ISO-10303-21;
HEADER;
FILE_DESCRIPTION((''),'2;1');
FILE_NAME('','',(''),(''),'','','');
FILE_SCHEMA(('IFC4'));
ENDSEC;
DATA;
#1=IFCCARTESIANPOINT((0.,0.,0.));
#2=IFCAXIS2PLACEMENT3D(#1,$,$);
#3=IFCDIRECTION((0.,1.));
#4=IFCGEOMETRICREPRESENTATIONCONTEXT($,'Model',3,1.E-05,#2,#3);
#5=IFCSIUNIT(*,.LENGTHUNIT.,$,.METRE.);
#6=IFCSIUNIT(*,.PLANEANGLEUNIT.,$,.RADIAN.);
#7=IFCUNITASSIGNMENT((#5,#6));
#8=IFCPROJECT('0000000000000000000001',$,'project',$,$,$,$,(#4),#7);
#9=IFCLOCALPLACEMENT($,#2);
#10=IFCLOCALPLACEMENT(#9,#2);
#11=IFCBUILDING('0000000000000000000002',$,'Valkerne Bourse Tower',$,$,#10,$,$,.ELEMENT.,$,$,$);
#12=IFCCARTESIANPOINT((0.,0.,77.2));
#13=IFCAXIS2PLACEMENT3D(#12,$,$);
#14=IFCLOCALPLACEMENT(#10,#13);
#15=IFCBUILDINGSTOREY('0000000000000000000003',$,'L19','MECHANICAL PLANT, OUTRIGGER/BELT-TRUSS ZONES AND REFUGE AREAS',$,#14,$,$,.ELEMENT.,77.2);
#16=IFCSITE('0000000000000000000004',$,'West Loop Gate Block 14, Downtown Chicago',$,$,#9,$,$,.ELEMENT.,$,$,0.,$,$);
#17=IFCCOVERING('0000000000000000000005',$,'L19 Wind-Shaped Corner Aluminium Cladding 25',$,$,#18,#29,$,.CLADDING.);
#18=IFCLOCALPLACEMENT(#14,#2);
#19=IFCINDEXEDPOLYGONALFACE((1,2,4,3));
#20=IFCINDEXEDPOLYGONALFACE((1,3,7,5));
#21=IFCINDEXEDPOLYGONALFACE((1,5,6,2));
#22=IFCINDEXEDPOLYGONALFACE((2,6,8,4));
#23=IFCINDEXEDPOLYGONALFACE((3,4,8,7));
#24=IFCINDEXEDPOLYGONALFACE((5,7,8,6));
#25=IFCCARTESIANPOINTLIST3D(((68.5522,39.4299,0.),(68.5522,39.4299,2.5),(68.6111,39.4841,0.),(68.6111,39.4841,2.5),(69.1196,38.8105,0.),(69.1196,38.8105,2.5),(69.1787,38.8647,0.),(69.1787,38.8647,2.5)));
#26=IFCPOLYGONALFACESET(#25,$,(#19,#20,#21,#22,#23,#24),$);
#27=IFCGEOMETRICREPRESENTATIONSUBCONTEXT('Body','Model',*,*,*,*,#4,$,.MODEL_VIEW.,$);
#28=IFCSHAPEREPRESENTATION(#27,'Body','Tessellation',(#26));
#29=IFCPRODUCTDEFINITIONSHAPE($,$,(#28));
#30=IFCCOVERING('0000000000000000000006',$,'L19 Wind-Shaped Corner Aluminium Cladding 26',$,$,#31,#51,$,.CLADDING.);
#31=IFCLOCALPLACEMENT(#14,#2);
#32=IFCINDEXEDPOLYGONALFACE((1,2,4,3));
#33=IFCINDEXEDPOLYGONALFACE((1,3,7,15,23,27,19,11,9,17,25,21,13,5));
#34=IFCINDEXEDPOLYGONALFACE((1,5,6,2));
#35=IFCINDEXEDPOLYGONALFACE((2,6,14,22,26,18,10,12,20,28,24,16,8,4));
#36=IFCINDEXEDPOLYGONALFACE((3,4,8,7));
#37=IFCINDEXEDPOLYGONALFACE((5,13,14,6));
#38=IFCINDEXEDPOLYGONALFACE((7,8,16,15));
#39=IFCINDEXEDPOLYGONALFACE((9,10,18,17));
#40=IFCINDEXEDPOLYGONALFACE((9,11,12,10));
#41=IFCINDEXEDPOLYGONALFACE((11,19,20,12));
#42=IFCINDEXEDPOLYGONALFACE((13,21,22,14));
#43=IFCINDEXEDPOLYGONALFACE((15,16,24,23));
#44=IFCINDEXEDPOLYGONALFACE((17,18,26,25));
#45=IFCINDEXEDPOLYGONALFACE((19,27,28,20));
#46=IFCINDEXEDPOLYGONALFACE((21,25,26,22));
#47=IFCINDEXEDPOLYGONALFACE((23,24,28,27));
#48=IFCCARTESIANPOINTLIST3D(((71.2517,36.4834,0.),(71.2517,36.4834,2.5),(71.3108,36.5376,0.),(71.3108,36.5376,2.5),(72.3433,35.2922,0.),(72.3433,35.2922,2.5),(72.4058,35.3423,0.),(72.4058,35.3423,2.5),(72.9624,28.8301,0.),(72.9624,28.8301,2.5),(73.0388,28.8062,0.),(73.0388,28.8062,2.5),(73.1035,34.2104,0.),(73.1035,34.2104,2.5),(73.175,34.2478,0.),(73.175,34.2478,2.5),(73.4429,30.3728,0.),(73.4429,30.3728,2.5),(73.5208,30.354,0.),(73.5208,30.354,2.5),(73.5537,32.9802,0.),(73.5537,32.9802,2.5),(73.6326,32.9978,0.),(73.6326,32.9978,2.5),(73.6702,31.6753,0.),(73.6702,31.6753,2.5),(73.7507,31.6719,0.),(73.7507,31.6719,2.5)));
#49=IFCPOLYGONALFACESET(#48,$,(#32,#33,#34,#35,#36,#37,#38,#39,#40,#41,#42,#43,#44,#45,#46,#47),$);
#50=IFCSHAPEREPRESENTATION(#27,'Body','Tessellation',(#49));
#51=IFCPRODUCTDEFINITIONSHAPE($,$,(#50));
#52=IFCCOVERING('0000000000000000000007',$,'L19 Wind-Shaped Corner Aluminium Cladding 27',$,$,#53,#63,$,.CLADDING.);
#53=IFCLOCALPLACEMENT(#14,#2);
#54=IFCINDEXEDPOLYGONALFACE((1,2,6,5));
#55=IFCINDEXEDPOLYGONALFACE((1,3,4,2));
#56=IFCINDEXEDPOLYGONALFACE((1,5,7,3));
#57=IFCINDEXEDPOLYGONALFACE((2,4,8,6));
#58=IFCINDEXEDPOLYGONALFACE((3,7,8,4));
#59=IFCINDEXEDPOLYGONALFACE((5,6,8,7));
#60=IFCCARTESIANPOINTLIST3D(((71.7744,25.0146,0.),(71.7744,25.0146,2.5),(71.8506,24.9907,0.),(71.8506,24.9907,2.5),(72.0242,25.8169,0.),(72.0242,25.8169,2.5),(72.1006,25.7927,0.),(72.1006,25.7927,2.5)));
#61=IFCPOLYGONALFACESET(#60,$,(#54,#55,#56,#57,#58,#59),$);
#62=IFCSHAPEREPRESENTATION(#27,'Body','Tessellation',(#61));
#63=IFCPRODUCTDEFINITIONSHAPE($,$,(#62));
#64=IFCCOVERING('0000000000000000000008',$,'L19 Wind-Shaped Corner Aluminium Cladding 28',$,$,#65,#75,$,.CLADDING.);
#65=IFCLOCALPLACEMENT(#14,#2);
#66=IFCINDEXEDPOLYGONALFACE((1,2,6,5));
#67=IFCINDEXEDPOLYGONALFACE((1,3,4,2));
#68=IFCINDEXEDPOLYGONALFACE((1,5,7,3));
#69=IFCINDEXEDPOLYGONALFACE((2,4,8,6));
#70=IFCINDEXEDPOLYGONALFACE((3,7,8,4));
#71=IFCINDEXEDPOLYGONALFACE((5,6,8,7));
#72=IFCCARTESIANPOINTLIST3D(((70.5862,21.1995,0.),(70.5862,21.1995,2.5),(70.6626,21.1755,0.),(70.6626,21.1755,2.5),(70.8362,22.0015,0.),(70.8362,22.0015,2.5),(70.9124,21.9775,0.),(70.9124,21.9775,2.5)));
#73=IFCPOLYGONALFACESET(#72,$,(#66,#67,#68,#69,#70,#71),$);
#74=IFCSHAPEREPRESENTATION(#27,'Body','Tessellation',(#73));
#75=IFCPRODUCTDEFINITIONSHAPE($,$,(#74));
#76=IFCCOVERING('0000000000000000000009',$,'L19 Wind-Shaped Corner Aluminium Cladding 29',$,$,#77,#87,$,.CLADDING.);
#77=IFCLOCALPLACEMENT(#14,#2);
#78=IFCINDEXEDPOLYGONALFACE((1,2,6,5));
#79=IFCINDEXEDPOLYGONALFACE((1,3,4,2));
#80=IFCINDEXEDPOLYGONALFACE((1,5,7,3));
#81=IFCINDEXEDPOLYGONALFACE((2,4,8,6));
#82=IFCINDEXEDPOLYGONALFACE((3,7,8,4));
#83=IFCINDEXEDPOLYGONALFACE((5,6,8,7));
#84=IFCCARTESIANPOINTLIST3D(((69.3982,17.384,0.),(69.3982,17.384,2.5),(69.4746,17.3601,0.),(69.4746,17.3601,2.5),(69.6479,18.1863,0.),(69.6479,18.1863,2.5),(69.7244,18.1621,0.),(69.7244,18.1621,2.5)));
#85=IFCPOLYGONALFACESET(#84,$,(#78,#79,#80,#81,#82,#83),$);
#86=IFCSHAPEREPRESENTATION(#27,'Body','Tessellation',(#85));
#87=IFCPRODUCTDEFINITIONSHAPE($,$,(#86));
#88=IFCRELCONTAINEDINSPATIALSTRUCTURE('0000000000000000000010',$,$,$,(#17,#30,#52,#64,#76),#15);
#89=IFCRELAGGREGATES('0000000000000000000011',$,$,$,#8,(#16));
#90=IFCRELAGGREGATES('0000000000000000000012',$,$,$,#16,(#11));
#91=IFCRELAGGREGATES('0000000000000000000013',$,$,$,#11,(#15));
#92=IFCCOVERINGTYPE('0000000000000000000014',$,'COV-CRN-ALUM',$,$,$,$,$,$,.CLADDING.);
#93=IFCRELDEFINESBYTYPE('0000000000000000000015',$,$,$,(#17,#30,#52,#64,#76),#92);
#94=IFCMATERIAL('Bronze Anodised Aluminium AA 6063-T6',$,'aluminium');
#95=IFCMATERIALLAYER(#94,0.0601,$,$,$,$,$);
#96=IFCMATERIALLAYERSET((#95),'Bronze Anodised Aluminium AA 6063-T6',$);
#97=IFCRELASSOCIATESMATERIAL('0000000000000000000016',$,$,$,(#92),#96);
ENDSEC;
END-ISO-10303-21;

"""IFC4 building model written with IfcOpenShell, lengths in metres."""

from ifc_helpers import new_model, si_unit, direction, frame, origin, place, context, subcontext, project, spatial, polyline, outline, extrude, material, layer, layer_set, type_object, element, save


model = new_model("IFC4")

# Units and contexts
model_context = context("Model", 3, precision=1e-05, world=origin(), true_north=direction((0.0, 1.0)))
body_context = subcontext(model_context, "Body", "Model", "MODEL_VIEW")
ifc_project = project(units=[si_unit("LENGTHUNIT", "METRE"), si_unit("PLANEANGLEUNIT", "RADIAN")], contexts=[model_context])

# Site, building, storey
site_placement = place(None, origin())
site = spatial("IfcSite", under=ifc_project, at=site_placement, Name="West Loop Gate Block 14, Downtown Chicago", CompositionType="ELEMENT", RefElevation=0.0)
building_placement = place(site_placement, origin())
building = spatial("IfcBuilding", under=site, at=building_placement, Name="Valkerne Bourse Tower", CompositionType="ELEMENT")
storey_placement = place(building_placement, frame((0.0, 0.0, 77.2)))
storey = spatial("IfcBuildingStorey", under=building, at=storey_placement, Name="L19", Description="MECHANICAL PLANT, OUTRIGGER/BELT-TRUSS ZONES AND REFUGE AREAS", CompositionType="ELEMENT", Elevation=77.2)

# Coverings
ifc_material_1 = material(Name="Bronze Anodised Aluminium AA 6063-T6", Category="aluminium")
ifc_layer_1 = layer(ifc_material_1, 0.0601)
ifc_layer_set_1 = layer_set([ifc_layer_1], Name="Bronze Anodised Aluminium AA 6063-T6")
covering_type = type_object("IfcCoveringType", Name="COV-CRN-ALUM", PredefinedType="CLADDING", material=ifc_layer_set_1)
covering_1_placement = place(storey_placement, origin())
element("IfcCovering", 1, at=covering_1_placement, inside=storey, type_object=covering_type, Name="L19 Wind-Shaped Corner Aluminium Cladding 25", PredefinedType="CLADDING", context=body_context, shape_type="SweptSolid", body=[
    extrude(outline(polyline([(69.1787, 38.8647), (69.1196, 38.8105), (68.5522, 39.4299), (68.6111, 39.4841), (69.1787, 38.8647)])), origin(), (0.0, 0.0, 1.0), 2.5),
])
covering_2_placement = place(storey_placement, origin())
element("IfcCovering", 2, at=covering_2_placement, inside=storey, type_object=covering_type, Name="L19 Wind-Shaped Corner Aluminium Cladding 26", PredefinedType="CLADDING", context=body_context, shape_type="SweptSolid", body=[
    extrude(outline(polyline([(72.4058, 35.3423), (73.175, 34.2478), (73.6326, 32.9978), (73.7507, 31.6719), (73.5208, 30.354), (73.0388, 28.8062), (72.9624, 28.8301), (73.4429, 30.3728), (73.6702, 31.6753), (73.5537, 32.9802), (73.1035, 34.2104), (72.3433, 35.2922), (71.2517, 36.4834), (71.3108, 36.5376), (72.4058, 35.3423)])), origin(), (0.0, 0.0, 1.0), 2.5),
])
covering_3_placement = place(storey_placement, origin())
element("IfcCovering", 3, at=covering_3_placement, inside=storey, type_object=covering_type, Name="L19 Wind-Shaped Corner Aluminium Cladding 27", PredefinedType="CLADDING", context=body_context, shape_type="SweptSolid", body=[
    extrude(outline(polyline([(71.8506, 24.9907), (71.7744, 25.0146), (72.0242, 25.8169), (72.1006, 25.7927), (71.8506, 24.9907)])), origin(), (0.0, 0.0, 1.0), 2.5),
])
covering_4_placement = place(storey_placement, origin())
element("IfcCovering", 4, at=covering_4_placement, inside=storey, type_object=covering_type, Name="L19 Wind-Shaped Corner Aluminium Cladding 28", PredefinedType="CLADDING", context=body_context, shape_type="SweptSolid", body=[
    extrude(outline(polyline([(70.6626, 21.1755), (70.5862, 21.1995), (70.8362, 22.0015), (70.9124, 21.9775), (70.6626, 21.1755)])), origin(), (0.0, 0.0, 1.0), 2.5),
])
covering_5_placement = place(storey_placement, origin())
element("IfcCovering", 5, at=covering_5_placement, inside=storey, type_object=covering_type, Name="L19 Wind-Shaped Corner Aluminium Cladding 29", PredefinedType="CLADDING", context=body_context, shape_type="SweptSolid", body=[
    extrude(outline(polyline([(69.4746, 17.3601), (69.3982, 17.384), (69.6479, 18.1863), (69.7244, 18.1621), (69.4746, 17.3601)])), origin(), (0.0, 0.0, 1.0), 2.5),
])

save(model, "model.ifc")
